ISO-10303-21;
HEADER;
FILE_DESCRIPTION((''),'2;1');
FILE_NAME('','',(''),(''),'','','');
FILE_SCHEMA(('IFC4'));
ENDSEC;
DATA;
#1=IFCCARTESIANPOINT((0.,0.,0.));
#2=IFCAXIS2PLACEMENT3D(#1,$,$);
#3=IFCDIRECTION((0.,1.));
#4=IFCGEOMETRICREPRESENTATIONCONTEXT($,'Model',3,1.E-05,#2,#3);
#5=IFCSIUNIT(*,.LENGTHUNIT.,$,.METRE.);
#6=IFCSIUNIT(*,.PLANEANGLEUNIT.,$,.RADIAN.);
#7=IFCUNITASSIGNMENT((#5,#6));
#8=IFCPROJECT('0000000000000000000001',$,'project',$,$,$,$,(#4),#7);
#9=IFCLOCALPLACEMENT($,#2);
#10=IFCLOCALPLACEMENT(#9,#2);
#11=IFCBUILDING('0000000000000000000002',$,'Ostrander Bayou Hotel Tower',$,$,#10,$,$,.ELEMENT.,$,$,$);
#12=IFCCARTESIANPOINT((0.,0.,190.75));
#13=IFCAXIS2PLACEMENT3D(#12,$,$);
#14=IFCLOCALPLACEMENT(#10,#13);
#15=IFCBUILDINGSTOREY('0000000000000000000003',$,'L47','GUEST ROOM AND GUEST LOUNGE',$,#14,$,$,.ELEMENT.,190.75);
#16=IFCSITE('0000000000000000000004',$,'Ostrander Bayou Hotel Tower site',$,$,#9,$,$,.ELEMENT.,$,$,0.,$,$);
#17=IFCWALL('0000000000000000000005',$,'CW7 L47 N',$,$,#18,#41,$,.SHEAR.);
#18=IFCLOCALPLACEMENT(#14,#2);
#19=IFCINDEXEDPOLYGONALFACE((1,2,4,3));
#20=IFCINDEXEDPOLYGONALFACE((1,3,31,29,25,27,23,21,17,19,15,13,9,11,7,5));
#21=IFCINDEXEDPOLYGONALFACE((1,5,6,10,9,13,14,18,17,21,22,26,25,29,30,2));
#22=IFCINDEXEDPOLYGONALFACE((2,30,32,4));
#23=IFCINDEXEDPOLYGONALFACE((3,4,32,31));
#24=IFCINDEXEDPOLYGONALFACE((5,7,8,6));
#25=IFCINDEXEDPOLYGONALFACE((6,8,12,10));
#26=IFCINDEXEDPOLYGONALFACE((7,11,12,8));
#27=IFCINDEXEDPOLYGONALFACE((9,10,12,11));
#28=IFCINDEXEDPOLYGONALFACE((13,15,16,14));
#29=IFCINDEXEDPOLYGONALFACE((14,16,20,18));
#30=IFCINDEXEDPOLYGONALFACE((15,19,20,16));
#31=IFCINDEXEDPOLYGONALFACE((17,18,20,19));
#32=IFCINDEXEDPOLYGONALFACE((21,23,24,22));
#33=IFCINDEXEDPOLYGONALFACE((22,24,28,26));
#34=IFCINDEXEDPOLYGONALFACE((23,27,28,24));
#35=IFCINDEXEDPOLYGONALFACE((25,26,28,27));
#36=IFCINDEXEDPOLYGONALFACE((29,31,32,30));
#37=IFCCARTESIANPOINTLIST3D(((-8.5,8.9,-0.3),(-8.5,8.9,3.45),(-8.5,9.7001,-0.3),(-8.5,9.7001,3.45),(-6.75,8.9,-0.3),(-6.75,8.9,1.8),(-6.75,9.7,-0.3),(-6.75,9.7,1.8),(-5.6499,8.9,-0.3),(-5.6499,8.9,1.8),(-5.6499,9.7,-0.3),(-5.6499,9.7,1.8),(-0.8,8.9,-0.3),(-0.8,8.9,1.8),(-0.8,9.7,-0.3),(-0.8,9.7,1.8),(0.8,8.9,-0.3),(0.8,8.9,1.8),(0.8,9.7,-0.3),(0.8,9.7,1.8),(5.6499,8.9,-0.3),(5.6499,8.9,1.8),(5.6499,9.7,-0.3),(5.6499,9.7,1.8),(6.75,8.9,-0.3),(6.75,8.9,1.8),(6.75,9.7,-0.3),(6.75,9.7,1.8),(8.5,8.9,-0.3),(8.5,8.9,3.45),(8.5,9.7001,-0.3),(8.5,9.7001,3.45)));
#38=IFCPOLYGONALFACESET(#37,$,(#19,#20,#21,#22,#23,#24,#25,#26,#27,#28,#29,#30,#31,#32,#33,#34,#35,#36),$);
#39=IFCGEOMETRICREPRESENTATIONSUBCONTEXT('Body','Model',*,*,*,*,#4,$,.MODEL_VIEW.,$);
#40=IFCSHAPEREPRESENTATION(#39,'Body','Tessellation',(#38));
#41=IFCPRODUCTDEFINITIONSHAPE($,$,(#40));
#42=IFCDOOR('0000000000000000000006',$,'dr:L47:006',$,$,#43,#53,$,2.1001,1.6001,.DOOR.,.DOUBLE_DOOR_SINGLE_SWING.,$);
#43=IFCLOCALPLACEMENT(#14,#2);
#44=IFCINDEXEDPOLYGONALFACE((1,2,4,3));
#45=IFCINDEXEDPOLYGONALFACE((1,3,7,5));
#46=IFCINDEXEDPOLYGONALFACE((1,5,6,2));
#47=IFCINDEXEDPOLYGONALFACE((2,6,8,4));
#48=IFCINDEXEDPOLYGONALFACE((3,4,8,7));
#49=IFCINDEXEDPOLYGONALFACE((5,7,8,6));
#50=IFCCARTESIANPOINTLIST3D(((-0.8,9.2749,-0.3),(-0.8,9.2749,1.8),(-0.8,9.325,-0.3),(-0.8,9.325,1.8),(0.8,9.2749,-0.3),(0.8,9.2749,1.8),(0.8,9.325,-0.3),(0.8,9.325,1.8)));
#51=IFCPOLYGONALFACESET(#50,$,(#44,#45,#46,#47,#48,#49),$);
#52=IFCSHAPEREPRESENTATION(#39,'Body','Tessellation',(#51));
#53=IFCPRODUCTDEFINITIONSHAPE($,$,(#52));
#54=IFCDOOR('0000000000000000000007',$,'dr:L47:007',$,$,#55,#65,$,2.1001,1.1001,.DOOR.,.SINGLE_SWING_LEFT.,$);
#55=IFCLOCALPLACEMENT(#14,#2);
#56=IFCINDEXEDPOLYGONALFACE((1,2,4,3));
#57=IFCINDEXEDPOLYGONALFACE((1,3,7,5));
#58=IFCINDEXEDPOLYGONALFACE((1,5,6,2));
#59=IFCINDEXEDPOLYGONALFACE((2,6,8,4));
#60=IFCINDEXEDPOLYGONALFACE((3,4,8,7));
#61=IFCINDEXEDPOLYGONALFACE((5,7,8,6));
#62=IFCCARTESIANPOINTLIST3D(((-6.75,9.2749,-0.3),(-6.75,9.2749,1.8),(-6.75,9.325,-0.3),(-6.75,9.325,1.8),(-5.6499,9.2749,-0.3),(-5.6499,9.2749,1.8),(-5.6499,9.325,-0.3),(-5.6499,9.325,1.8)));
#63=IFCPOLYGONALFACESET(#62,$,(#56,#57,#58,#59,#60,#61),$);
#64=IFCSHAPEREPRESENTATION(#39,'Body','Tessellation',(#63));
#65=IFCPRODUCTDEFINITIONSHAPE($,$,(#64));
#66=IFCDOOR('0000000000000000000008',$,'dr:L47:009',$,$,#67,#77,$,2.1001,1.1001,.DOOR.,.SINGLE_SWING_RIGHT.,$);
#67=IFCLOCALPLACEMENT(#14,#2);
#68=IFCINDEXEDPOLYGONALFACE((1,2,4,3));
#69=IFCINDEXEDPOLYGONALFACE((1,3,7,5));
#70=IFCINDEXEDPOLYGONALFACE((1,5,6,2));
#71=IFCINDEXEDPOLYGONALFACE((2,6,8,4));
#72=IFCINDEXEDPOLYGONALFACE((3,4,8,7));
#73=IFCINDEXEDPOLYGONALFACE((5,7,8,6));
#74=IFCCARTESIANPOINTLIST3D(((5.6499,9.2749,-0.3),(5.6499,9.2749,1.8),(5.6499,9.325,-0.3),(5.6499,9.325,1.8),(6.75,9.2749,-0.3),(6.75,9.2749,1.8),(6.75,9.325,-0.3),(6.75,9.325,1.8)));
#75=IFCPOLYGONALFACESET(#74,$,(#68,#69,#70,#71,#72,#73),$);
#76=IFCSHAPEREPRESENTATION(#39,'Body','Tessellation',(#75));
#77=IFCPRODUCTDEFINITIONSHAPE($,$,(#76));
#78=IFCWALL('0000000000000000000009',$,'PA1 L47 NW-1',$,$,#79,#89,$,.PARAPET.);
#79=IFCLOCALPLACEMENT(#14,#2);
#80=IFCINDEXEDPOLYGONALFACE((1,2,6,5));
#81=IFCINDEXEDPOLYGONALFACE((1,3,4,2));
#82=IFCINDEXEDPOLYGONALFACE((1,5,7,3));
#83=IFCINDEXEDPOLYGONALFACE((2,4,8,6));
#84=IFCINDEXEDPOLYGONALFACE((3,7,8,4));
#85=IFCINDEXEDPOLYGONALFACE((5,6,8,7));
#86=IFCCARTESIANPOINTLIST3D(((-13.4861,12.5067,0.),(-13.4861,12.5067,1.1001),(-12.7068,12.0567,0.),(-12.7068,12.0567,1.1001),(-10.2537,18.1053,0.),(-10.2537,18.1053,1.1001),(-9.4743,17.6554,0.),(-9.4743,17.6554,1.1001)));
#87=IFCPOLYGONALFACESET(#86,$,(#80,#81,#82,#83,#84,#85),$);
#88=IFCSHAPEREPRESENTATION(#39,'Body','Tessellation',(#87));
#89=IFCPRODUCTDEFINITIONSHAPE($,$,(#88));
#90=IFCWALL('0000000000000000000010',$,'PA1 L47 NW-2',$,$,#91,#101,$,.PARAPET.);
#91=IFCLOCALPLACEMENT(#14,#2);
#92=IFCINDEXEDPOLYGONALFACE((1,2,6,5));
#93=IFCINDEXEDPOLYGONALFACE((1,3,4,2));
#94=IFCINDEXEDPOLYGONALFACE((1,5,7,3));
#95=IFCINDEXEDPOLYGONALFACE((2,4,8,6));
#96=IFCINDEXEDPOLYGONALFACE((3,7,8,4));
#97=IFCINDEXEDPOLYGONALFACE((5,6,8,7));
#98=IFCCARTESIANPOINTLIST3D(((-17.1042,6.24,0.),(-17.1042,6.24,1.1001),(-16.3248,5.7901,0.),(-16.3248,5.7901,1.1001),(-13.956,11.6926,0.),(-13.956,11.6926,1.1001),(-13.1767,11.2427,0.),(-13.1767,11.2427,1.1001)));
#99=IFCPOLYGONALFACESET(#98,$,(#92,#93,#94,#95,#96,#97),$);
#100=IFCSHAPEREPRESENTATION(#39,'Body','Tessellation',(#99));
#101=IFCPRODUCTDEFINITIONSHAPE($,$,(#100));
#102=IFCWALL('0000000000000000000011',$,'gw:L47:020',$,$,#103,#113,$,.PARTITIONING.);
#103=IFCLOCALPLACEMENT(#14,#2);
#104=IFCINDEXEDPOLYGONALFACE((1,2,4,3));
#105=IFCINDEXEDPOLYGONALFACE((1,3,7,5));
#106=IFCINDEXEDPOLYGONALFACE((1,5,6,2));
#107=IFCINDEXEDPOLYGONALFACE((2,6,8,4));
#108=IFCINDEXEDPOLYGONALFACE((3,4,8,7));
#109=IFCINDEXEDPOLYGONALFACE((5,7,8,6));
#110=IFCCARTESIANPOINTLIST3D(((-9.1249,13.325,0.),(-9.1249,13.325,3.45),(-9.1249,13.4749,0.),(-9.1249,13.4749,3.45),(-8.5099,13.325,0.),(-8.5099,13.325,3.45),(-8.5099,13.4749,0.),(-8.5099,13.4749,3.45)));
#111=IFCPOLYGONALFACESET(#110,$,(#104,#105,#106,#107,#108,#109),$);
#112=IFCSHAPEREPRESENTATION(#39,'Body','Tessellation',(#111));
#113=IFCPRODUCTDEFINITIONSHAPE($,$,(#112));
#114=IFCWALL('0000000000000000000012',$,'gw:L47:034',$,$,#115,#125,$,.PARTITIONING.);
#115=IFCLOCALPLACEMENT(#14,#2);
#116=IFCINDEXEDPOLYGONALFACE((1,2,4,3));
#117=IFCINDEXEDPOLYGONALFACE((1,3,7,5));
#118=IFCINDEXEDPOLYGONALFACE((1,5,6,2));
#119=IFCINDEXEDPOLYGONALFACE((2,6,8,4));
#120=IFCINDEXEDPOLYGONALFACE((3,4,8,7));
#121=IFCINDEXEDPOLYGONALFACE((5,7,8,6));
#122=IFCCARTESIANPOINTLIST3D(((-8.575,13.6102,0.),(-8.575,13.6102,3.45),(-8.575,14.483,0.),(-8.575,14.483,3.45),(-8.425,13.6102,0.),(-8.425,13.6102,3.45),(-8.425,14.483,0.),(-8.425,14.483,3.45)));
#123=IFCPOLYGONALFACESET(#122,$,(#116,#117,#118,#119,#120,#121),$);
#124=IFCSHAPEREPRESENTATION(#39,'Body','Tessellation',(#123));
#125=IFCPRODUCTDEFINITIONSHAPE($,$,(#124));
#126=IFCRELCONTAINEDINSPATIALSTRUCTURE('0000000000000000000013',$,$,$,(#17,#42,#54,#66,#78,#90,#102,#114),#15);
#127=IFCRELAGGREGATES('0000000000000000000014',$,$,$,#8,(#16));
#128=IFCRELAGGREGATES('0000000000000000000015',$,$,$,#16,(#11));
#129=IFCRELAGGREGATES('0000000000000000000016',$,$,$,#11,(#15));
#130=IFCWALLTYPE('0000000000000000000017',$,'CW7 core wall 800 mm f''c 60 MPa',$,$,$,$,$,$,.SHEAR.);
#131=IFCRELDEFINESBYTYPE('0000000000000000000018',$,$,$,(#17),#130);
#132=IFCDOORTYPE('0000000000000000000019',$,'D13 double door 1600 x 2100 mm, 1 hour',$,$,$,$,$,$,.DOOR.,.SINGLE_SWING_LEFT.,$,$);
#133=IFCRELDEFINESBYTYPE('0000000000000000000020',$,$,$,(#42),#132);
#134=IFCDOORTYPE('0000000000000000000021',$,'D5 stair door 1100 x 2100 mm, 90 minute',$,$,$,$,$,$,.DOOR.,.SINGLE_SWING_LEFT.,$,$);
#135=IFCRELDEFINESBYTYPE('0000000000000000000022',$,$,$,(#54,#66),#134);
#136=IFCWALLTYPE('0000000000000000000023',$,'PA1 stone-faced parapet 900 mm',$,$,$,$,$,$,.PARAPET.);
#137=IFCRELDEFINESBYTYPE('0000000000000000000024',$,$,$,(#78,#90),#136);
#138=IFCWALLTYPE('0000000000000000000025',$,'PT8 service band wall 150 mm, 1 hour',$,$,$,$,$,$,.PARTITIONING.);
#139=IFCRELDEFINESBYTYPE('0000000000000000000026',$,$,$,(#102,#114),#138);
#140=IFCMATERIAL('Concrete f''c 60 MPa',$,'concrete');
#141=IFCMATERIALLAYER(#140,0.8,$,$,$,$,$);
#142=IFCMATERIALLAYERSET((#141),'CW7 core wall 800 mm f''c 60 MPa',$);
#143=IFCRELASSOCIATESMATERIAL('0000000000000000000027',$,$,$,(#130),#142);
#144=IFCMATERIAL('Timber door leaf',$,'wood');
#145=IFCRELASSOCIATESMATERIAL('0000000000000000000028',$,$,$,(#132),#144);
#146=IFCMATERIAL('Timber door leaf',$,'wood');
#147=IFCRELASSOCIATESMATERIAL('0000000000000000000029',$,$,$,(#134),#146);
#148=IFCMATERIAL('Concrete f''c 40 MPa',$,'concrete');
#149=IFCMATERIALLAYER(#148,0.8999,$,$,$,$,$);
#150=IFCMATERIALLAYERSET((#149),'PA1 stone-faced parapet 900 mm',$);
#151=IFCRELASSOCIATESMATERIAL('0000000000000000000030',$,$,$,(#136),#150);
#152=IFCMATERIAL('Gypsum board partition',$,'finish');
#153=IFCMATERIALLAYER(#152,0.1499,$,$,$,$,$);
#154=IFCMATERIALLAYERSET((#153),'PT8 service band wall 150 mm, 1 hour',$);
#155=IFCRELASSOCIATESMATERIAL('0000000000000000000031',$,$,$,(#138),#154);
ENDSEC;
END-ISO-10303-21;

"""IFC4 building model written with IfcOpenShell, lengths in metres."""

from ifc_helpers import new_model, si_unit, direction, frame, frame_2d, origin, place, context, subcontext, project, spatial, rectangle, extrude, material, layer, layer_set, type_object, element, fill, save


model = new_model("IFC4")

# Units and contexts
model_context = context("Model", 3, precision=1e-05, world=origin(), true_north=direction((0.0, 1.0)))
body_context = subcontext(model_context, "Body", "Model", "MODEL_VIEW")
ifc_project = project(units=[si_unit("LENGTHUNIT", "METRE"), si_unit("PLANEANGLEUNIT", "RADIAN")], contexts=[model_context])

# Site, building, storey
site_placement = place(None, origin())
site = spatial("IfcSite", under=ifc_project, at=site_placement, Name="Ostrander Bayou Hotel Tower site", CompositionType="ELEMENT", RefElevation=0.0)
building_placement = place(site_placement, origin())
building = spatial("IfcBuilding", under=site, at=building_placement, Name="Ostrander Bayou Hotel Tower", CompositionType="ELEMENT")
storey_placement = place(building_placement, frame((0.0, 0.0, 190.75)))
storey = spatial("IfcBuildingStorey", under=building, at=storey_placement, Name="L47", Description="GUEST ROOM AND GUEST LOUNGE", CompositionType="ELEMENT", Elevation=190.75)

# Wall, openings, doors
ifc_material_1 = material(Name="Concrete f'c 60 MPa", Category="concrete")
ifc_layer_1 = layer(ifc_material_1, 0.8)
ifc_layer_set_1 = layer_set([ifc_layer_1], Name="CW7 core wall 800 mm f'c 60 MPa")
wall_type_1 = type_object("IfcWallType", Name="CW7 core wall 800 mm f'c 60 MPa", PredefinedType="SHEAR", material=ifc_layer_set_1)
wall_1_placement = place(storey_placement, frame((-8.5, 9.3, -0.3), z_axis=(0.0, 0.0, 1.0), x_axis=(1.0, 0.0, 0.0)))
wall_1 = element("IfcWall", 1, at=wall_1_placement, inside=storey, type_object=wall_type_1, Name="CW7 L47 N", PredefinedType="SHEAR", context=body_context, shape_type="SweptSolid", body=[
    extrude(rectangle(XDim=17.0, YDim=0.8, at=frame_2d((8.5, 0.0))), origin(), (0.0, 0.0, 1.0), 3.75),
])
opening_1_placement = place(wall_1_placement, frame((7.7, 0.0, 0.0)))
opening_1 = element("IfcOpeningElement", 2, at=opening_1_placement, cuts=wall_1, PredefinedType="OPENING", context=body_context, shape_type="SweptSolid", body=[
    extrude(rectangle(XDim=1.6001, YDim=2.1001, at=frame_2d((0.8, 1.05))), frame((0.0, 0.3999, 0.0), z_axis=(0.0, -1.0, 0.0), x_axis=(1.0, 0.0, 0.0)), (0.0, 0.0, 1.0), 0.8),
])
opening_2_placement = place(wall_1_placement, frame((1.75, 0.0, 0.0)))
opening_2 = element("IfcOpeningElement", 3, at=opening_2_placement, cuts=wall_1, PredefinedType="OPENING", context=body_context, shape_type="SweptSolid", body=[
    extrude(rectangle(XDim=1.1001, YDim=2.1001, at=frame_2d((0.55, 1.05))), frame((0.0, 0.3999, 0.0), z_axis=(0.0, -1.0, 0.0), x_axis=(1.0, 0.0, 0.0)), (0.0, 0.0, 1.0), 0.8),
])
opening_3_placement = place(wall_1_placement, frame((14.1499, 0.0, 0.0)))
opening_3 = element("IfcOpeningElement", 4, at=opening_3_placement, cuts=wall_1, PredefinedType="OPENING", context=body_context, shape_type="SweptSolid", body=[
    extrude(rectangle(XDim=1.1001, YDim=2.1001, at=frame_2d((0.55, 1.05))), frame((0.0, 0.3999, 0.0), z_axis=(0.0, -1.0, 0.0), x_axis=(1.0, 0.0, 0.0)), (0.0, 0.0, 1.0), 0.8),
])
ifc_material_2 = material(Name="Timber door leaf", Category="wood")
door_type_1 = type_object("IfcDoorType", Name="D13 double door 1600 x 2100 mm, 1 hour", OperationType="SINGLE_SWING_LEFT", PredefinedType="DOOR", material=ifc_material_2)
door_1_placement = place(opening_1_placement, origin())
door_1 = element("IfcDoor", 5, at=door_1_placement, inside=storey, type_object=door_type_1, Name="dr:L47:006", OperationType="DOUBLE_DOOR_SINGLE_SWING", OverallHeight=2.1001, OverallWidth=1.6001, PredefinedType="DOOR", context=body_context, shape_type="SweptSolid", body=[
    extrude(rectangle(XDim=1.6001, YDim=2.1001, at=frame_2d((0.8, 1.05))), frame((0.0, 0.0249, 0.0), z_axis=(0.0, -1.0, 0.0), x_axis=(1.0, 0.0, 0.0)), (0.0, 0.0, 1.0), 0.05),
])
fill(opening_1, door_1)
ifc_material_3 = material(Name="Timber door leaf", Category="wood")
door_type_2 = type_object("IfcDoorType", Name="D5 stair door 1100 x 2100 mm, 90 minute", OperationType="SINGLE_SWING_LEFT", PredefinedType="DOOR", material=ifc_material_3)
door_2_placement = place(opening_2_placement, origin())
door_2 = element("IfcDoor", 6, at=door_2_placement, inside=storey, type_object=door_type_2, Name="dr:L47:007", OperationType="SINGLE_SWING_LEFT", OverallHeight=2.1001, OverallWidth=1.1001, PredefinedType="DOOR", context=body_context, shape_type="SweptSolid", body=[
    extrude(rectangle(XDim=1.1001, YDim=2.1001, at=frame_2d((0.55, 1.05))), frame((0.0, 0.0249, 0.0), z_axis=(0.0, -1.0, 0.0), x_axis=(1.0, 0.0, 0.0)), (0.0, 0.0, 1.0), 0.05),
])
fill(opening_2, door_2)
door_3_placement = place(opening_3_placement, origin())
door_3 = element("IfcDoor", 7, at=door_3_placement, inside=storey, type_object=door_type_2, Name="dr:L47:009", OperationType="SINGLE_SWING_RIGHT", OverallHeight=2.1001, OverallWidth=1.1001, PredefinedType="DOOR", context=body_context, shape_type="SweptSolid", body=[
    extrude(rectangle(XDim=1.1001, YDim=2.1001, at=frame_2d((0.55, 1.05))), frame((0.0, 0.0249, 0.0), z_axis=(0.0, -1.0, 0.0), x_axis=(1.0, 0.0, 0.0)), (0.0, 0.0, 1.0), 0.05),
])
fill(opening_3, door_3)

# Walls
ifc_material_4 = material(Name="Concrete f'c 40 MPa", Category="concrete")
ifc_layer_2 = layer(ifc_material_4, 0.8999)
ifc_layer_set_2 = layer_set([ifc_layer_2], Name="PA1 stone-faced parapet 900 mm")
wall_type_2 = type_object("IfcWallType", Name="PA1 stone-faced parapet 900 mm", PredefinedType="PARAPET", material=ifc_layer_set_2)
wall_2_placement = place(storey_placement, frame((-9.864, 17.8804, 0.0), z_axis=(0.0, 0.0, 1.0), x_axis=(-0.500006, -0.866022, 0.0)))
element("IfcWall", 8, at=wall_2_placement, inside=storey, type_object=wall_type_2, Name="PA1 L47 NW-1", PredefinedType="PARAPET", context=body_context, shape_type="SweptSolid", body=[
    extrude(rectangle(XDim=6.4648, YDim=0.8999, at=frame_2d((3.2324, 0.0))), origin(), (0.0, 0.0, 1.0), 1.1001),
])
wall_3_placement = place(storey_placement, frame((-13.5664, 11.4675, 0.0), z_axis=(0.0, 0.0, 1.0), x_axis=(-0.500013, -0.866018, 0.0)))
element("IfcWall", 9, at=wall_3_placement, inside=storey, type_object=wall_type_2, Name="PA1 L47 NW-2", PredefinedType="PARAPET", context=body_context, shape_type="SweptSolid", body=[
    extrude(rectangle(XDim=6.2961, YDim=0.8999, at=frame_2d((3.1479, 0.0))), origin(), (0.0, 0.0, 1.0), 1.1001),
])

# Walls
ifc_material_5 = material(Name="Gypsum board partition", Category="finish")
ifc_layer_3 = layer(ifc_material_5, 0.1499)
ifc_layer_set_3 = layer_set([ifc_layer_3], Name="PT8 service band wall 150 mm, 1 hour")
wall_type_3 = type_object("IfcWallType", Name="PT8 service band wall 150 mm, 1 hour", PredefinedType="PARTITIONING", material=ifc_layer_set_3)
wall_4_placement = place(storey_placement, frame((-9.125, 13.3999, 0.0), z_axis=(0.0, 0.0, 1.0), x_axis=(1.0, 0.0, 0.0)))
element("IfcWall", 10, at=wall_4_placement, inside=storey, type_object=wall_type_3, Name="gw:L47:020", PredefinedType="PARTITIONING", context=body_context, shape_type="SweptSolid", body=[
    extrude(rectangle(XDim=0.615, YDim=0.1499, at=frame_2d((0.3076, 0.0))), origin(), (0.0, 0.0, 1.0), 3.45),
])
wall_5_placement = place(storey_placement, frame((-8.5, 13.6101, 0.0), z_axis=(0.0, 0.0, 1.0), x_axis=(0.0, 1.0, 0.0)))
element("IfcWall", 11, at=wall_5_placement, inside=storey, type_object=wall_type_3, Name="gw:L47:034", PredefinedType="PARTITIONING", context=body_context, shape_type="SweptSolid", body=[
    extrude(rectangle(XDim=0.8728, YDim=0.1499, at=frame_2d((0.4365, 0.0))), origin(), (0.0, 0.0, 1.0), 3.45),
])

save(model, "model.ifc")
